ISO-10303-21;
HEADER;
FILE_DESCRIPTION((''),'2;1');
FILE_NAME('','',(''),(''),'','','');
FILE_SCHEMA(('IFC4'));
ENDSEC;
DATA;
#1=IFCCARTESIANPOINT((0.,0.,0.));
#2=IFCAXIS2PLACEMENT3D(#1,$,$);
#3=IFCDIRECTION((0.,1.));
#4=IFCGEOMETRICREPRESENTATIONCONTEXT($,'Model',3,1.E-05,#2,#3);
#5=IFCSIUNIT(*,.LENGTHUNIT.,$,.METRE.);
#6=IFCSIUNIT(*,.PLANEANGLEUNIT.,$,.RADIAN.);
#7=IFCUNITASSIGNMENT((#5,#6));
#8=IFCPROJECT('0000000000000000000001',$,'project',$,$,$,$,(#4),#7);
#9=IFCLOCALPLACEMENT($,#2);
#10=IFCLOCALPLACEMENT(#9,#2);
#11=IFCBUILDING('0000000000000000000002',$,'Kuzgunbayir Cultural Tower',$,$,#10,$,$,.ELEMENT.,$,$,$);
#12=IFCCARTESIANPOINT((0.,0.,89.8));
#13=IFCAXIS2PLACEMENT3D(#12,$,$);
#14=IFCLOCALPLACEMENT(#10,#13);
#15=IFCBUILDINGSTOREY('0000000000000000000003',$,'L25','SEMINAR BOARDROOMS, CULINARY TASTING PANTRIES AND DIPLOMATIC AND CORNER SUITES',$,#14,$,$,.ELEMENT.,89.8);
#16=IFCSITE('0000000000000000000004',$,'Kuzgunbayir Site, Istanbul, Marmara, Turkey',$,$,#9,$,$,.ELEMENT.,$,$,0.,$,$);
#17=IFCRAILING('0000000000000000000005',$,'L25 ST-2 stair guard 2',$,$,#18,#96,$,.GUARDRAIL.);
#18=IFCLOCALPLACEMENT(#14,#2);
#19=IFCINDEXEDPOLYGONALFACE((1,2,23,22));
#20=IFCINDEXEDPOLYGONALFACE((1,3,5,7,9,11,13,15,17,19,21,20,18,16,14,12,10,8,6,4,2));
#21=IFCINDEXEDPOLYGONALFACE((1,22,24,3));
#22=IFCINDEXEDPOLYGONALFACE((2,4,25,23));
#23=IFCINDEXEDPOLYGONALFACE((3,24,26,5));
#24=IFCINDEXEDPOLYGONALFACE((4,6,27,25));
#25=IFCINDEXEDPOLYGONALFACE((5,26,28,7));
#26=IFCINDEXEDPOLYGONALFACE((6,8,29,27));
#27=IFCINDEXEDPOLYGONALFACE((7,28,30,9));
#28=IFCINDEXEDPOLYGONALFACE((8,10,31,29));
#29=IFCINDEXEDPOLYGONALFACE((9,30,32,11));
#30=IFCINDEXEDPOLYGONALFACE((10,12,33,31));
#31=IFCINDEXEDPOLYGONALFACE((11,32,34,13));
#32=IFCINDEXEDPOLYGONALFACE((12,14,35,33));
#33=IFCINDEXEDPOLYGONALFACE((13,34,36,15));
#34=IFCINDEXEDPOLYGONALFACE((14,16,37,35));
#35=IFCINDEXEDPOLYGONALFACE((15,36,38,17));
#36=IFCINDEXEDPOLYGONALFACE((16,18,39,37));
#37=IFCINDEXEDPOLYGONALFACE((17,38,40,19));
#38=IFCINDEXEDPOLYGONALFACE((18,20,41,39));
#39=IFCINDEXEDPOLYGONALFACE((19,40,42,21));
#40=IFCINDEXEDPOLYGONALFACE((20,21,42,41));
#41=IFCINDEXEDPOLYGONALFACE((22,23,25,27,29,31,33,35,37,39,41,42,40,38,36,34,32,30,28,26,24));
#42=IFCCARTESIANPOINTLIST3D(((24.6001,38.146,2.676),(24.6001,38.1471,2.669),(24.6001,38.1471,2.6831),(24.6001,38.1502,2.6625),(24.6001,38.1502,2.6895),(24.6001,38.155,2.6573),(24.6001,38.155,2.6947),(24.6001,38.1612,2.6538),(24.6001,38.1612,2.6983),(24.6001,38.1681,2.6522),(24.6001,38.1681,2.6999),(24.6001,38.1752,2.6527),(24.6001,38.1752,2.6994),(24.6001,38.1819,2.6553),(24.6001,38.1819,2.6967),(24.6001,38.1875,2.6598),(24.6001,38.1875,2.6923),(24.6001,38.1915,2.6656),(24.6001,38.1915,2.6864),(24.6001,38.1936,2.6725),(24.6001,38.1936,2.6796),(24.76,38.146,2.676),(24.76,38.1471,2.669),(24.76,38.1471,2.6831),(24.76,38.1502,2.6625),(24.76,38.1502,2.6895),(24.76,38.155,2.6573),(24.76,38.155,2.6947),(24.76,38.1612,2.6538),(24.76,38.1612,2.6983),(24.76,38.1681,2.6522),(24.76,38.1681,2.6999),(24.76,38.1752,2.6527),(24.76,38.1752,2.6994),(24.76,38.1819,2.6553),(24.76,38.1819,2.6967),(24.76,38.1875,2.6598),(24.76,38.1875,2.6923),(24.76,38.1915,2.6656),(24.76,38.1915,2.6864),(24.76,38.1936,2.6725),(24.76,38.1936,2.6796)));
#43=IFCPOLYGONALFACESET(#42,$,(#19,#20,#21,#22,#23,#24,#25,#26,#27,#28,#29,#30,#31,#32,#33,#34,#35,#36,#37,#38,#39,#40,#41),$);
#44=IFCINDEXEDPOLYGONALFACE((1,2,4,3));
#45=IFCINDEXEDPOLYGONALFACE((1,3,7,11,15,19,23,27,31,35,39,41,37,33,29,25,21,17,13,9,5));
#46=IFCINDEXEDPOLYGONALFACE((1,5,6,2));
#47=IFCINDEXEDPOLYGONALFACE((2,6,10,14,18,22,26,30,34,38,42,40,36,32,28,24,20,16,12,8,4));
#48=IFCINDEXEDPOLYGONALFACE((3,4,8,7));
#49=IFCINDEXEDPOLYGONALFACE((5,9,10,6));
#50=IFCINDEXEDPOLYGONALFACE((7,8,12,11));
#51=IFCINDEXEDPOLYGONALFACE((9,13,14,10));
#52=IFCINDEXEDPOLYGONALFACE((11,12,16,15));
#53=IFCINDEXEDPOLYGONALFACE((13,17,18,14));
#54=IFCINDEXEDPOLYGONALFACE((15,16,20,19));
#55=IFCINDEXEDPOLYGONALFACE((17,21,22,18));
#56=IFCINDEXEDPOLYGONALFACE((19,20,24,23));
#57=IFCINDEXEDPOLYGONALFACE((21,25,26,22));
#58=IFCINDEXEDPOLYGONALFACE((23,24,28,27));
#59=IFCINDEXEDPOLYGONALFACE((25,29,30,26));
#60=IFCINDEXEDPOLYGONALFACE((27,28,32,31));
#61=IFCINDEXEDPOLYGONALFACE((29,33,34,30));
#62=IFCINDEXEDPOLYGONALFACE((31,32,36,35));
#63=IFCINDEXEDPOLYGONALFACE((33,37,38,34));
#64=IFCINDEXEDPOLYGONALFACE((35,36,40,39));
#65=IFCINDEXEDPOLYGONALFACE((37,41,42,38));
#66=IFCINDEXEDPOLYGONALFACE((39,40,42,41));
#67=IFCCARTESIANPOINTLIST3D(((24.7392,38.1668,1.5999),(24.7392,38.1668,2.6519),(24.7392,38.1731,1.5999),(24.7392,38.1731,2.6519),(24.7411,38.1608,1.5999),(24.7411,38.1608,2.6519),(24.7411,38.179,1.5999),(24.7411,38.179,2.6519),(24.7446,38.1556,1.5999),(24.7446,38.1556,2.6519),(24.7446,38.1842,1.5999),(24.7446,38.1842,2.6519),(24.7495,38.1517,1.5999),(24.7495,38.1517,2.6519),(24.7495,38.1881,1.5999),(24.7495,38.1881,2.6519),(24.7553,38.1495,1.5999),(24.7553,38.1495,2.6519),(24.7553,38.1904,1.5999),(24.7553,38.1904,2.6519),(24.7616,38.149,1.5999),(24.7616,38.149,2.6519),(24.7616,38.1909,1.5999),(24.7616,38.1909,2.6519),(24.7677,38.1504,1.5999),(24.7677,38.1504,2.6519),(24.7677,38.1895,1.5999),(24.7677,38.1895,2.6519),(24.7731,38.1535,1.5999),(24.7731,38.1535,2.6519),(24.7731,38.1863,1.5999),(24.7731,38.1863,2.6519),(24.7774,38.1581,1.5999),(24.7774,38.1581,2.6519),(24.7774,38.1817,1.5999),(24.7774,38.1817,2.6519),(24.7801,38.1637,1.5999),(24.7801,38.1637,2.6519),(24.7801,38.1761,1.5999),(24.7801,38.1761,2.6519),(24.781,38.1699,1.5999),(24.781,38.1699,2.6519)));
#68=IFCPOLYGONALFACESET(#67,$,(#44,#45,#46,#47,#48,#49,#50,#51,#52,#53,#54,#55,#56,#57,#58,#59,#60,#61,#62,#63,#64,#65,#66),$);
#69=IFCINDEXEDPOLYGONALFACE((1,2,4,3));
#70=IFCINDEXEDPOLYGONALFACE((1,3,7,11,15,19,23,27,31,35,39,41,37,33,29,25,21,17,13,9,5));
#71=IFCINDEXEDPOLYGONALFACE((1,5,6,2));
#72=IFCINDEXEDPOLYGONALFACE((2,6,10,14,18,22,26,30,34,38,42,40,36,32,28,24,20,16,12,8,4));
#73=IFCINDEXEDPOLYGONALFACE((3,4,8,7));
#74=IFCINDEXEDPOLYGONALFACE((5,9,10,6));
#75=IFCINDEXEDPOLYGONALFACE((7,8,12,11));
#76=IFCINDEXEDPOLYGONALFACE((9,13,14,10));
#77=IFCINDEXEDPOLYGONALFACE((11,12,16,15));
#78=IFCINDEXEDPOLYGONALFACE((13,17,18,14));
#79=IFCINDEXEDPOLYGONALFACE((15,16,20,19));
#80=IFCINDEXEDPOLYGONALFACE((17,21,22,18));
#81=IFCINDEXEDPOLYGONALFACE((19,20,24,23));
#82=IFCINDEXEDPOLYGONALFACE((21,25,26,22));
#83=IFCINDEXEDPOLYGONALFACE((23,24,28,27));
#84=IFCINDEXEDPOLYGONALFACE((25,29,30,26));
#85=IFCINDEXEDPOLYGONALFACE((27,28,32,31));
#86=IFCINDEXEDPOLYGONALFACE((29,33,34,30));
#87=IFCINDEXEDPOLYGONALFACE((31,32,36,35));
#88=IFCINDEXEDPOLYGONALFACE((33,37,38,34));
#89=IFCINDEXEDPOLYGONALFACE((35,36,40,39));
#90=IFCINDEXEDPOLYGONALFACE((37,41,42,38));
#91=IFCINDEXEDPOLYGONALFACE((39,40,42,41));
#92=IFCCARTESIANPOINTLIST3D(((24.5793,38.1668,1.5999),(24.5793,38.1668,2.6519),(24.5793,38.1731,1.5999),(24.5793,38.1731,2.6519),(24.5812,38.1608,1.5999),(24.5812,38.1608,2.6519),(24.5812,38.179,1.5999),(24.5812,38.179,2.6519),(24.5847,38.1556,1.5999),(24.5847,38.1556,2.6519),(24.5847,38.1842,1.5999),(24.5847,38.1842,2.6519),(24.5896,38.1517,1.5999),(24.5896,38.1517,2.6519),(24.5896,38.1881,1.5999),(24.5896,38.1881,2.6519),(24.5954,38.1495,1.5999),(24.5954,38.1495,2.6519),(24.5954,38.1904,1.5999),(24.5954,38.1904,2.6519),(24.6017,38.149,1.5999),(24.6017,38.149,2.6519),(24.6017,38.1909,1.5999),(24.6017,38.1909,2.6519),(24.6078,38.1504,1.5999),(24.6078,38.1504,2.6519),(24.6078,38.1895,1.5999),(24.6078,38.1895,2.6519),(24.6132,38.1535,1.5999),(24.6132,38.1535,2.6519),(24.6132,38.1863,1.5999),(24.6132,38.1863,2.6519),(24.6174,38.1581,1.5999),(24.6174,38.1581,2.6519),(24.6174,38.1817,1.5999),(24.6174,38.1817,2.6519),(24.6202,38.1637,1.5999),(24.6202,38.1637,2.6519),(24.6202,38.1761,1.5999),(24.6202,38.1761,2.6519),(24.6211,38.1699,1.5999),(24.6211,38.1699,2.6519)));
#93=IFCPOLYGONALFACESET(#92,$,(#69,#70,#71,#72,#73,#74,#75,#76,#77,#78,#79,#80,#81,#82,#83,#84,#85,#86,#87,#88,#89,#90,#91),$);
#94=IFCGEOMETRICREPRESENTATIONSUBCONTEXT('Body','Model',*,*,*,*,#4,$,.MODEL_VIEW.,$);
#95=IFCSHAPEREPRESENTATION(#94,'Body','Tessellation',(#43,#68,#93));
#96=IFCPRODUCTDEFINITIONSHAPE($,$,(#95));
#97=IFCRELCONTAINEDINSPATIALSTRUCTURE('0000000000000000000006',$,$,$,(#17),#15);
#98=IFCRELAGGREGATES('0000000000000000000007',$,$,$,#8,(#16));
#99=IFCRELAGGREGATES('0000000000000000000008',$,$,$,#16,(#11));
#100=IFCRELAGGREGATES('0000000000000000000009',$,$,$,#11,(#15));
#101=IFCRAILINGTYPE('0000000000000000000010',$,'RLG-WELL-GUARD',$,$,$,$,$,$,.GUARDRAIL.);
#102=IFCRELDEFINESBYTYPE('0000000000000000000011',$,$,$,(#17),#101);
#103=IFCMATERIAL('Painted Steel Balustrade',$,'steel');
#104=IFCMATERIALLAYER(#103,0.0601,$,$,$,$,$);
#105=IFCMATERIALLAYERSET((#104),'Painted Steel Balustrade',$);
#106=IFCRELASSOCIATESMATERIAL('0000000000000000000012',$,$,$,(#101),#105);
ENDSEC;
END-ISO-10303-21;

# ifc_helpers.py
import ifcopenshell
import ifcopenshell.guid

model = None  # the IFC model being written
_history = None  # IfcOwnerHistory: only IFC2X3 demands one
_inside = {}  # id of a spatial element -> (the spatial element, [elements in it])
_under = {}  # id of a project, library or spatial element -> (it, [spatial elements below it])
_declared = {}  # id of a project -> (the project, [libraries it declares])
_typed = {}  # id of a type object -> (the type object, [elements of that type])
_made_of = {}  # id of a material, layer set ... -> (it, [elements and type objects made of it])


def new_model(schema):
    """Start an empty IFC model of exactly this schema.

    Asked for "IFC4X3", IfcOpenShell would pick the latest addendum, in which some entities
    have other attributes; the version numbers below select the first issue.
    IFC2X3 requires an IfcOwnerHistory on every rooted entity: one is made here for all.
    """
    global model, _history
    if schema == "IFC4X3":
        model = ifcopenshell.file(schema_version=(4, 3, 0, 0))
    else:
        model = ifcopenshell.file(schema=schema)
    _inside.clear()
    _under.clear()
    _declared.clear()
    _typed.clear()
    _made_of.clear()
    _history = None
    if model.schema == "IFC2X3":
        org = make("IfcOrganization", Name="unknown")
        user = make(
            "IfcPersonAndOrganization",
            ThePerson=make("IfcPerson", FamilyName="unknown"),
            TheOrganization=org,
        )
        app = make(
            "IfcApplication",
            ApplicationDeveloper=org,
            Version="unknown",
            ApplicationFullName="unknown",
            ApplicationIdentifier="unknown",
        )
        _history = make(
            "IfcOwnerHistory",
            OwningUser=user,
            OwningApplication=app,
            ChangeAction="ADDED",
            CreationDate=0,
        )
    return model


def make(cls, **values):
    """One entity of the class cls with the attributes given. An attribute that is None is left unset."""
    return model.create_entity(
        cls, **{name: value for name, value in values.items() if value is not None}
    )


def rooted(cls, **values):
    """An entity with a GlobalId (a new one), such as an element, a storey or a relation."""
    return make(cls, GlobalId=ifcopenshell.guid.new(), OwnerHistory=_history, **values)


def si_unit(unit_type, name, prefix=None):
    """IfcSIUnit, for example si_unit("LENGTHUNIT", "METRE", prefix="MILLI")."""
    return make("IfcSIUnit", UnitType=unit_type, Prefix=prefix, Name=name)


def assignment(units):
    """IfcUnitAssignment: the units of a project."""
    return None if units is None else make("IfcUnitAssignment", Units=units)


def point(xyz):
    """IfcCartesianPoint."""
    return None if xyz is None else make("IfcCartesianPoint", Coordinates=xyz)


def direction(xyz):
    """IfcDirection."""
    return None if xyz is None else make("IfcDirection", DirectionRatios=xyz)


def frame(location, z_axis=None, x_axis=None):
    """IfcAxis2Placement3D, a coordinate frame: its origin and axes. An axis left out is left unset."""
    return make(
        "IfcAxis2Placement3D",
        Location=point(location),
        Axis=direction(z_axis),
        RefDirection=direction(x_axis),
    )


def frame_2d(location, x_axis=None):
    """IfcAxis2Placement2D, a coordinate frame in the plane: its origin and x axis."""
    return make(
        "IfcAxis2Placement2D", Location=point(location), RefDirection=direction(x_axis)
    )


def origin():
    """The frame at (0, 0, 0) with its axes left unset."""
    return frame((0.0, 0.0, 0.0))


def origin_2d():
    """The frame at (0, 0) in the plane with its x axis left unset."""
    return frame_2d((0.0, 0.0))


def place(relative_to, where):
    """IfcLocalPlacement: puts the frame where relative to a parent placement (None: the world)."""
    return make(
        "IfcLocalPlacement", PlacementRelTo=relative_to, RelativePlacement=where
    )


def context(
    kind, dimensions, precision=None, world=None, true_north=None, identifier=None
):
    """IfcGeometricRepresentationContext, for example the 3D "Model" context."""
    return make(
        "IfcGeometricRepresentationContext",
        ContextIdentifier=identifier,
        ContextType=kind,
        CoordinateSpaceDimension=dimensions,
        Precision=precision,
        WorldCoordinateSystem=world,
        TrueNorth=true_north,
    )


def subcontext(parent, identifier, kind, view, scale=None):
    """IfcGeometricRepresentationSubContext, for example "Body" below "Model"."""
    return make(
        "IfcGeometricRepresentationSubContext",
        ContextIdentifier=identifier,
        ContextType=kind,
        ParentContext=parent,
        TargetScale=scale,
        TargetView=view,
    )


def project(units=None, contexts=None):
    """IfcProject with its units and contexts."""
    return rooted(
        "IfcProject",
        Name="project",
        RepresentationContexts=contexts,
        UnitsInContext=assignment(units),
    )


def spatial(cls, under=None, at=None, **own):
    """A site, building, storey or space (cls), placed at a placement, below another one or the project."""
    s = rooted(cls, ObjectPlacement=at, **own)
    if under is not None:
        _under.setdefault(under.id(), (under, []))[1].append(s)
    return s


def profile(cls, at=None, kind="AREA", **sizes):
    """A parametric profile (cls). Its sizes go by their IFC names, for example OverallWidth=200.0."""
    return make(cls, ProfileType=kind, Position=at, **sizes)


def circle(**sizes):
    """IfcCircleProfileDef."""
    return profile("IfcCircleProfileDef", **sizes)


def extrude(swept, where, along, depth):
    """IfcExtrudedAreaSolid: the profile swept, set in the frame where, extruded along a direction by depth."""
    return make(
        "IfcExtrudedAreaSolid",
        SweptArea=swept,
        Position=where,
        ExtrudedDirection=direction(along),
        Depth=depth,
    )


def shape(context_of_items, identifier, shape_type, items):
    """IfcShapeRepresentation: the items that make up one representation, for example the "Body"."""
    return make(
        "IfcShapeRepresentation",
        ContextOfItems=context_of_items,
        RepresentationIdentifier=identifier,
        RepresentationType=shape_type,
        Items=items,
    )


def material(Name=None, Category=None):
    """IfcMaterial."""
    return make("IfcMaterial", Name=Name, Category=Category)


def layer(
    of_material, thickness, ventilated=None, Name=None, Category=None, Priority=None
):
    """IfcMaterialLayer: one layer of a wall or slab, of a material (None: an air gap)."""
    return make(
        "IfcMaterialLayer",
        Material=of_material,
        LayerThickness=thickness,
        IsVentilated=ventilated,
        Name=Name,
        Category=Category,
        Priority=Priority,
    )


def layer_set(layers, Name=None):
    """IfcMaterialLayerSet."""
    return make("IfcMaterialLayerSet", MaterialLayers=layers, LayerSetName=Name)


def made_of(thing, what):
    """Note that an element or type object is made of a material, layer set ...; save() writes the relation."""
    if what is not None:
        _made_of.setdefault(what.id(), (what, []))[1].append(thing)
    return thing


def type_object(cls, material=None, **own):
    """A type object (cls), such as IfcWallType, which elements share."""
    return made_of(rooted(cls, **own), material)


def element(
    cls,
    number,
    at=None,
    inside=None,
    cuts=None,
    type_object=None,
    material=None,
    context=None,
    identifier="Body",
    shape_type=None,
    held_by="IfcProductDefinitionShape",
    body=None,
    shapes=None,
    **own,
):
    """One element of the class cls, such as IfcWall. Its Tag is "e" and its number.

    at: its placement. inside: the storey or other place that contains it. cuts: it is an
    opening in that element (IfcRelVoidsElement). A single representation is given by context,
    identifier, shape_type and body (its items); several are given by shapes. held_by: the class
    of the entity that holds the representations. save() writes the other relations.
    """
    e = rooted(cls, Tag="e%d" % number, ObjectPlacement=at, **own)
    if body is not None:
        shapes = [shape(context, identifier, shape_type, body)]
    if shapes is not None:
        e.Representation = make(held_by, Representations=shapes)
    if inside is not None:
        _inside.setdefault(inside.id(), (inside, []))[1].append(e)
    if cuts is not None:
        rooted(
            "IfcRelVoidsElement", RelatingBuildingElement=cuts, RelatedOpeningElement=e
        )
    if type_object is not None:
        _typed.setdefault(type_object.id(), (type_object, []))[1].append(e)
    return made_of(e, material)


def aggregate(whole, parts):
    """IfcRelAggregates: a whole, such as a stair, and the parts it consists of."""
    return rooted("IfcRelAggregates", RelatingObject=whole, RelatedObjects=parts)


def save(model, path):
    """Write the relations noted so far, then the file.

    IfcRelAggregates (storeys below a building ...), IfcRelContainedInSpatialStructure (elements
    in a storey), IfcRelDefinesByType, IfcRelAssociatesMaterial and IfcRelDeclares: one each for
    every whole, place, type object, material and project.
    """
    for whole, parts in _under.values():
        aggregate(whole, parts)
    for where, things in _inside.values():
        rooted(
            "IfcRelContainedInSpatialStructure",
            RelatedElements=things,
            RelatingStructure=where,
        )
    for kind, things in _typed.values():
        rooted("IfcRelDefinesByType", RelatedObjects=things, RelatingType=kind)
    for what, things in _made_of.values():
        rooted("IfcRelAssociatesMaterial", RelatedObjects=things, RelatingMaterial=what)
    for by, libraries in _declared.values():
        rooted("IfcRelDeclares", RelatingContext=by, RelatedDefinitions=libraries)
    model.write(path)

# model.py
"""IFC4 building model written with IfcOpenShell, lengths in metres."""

from ifc_helpers import new_model, si_unit, direction, frame, origin, origin_2d, place, context, subcontext, project, spatial, circle, extrude, material, layer, layer_set, type_object, element, save


model = new_model("IFC4")

# Units and contexts
model_context = context("Model", 3, precision=1e-05, world=origin(), true_north=direction((0.0, 1.0)))
body_context = subcontext(model_context, "Body", "Model", "MODEL_VIEW")
ifc_project = project(units=[si_unit("LENGTHUNIT", "METRE"), si_unit("PLANEANGLEUNIT", "RADIAN")], contexts=[model_context])

# Site, building, storey
site_placement = place(None, origin())
site = spatial("IfcSite", under=ifc_project, at=site_placement, Name="Kuzgunbayir Site, Istanbul, Marmara, Turkey", CompositionType="ELEMENT", RefElevation=0.0)
building_placement = place(site_placement, origin())
building = spatial("IfcBuilding", under=site, at=building_placement, Name="Kuzgunbayir Cultural Tower", CompositionType="ELEMENT")
storey_placement = place(building_placement, frame((0.0, 0.0, 89.8)))
storey = spatial("IfcBuildingStorey", under=building, at=storey_placement, Name="L25", Description="SEMINAR BOARDROOMS, CULINARY TASTING PANTRIES AND DIPLOMATIC AND CORNER SUITES", CompositionType="ELEMENT", Elevation=89.8)

# Railing
ifc_material_1 = material(Name="Painted Steel Balustrade", Category="steel")
ifc_layer_1 = layer(ifc_material_1, 0.0601)
ifc_layer_set_1 = layer_set([ifc_layer_1], Name="Painted Steel Balustrade")
railing_type_1 = type_object("IfcRailingType", Name="RLG-WELL-GUARD", PredefinedType="GUARDRAIL", material=ifc_layer_set_1)
railing_1_placement = place(storey_placement, frame((24.76, 38.1699, 1.5999)))
element("IfcRailing", 1, at=railing_1_placement, inside=storey, type_object=railing_type_1, Name="L25 ST-2 stair guard 2", PredefinedType="GUARDRAIL", context=body_context, shape_type="SweptSolid", body=[
    extrude(circle(Radius=0.0239, at=origin_2d()), frame((0.0, 0.0, 1.0762), z_axis=(-1.0, 0.0, 0.0), x_axis=(0.0, -1.0, 0.0)), (0.0, 0.0, 1.0), 0.1599),
    extrude(circle(Radius=0.021, at=origin_2d()), origin(), (0.0, 0.0, 1.0), 1.052),
    extrude(circle(Radius=0.021, at=origin_2d()), frame((-0.1599, 0.0, 0.0)), (0.0, 0.0, 1.0), 1.052),
])

save(model, "model.ifc")
